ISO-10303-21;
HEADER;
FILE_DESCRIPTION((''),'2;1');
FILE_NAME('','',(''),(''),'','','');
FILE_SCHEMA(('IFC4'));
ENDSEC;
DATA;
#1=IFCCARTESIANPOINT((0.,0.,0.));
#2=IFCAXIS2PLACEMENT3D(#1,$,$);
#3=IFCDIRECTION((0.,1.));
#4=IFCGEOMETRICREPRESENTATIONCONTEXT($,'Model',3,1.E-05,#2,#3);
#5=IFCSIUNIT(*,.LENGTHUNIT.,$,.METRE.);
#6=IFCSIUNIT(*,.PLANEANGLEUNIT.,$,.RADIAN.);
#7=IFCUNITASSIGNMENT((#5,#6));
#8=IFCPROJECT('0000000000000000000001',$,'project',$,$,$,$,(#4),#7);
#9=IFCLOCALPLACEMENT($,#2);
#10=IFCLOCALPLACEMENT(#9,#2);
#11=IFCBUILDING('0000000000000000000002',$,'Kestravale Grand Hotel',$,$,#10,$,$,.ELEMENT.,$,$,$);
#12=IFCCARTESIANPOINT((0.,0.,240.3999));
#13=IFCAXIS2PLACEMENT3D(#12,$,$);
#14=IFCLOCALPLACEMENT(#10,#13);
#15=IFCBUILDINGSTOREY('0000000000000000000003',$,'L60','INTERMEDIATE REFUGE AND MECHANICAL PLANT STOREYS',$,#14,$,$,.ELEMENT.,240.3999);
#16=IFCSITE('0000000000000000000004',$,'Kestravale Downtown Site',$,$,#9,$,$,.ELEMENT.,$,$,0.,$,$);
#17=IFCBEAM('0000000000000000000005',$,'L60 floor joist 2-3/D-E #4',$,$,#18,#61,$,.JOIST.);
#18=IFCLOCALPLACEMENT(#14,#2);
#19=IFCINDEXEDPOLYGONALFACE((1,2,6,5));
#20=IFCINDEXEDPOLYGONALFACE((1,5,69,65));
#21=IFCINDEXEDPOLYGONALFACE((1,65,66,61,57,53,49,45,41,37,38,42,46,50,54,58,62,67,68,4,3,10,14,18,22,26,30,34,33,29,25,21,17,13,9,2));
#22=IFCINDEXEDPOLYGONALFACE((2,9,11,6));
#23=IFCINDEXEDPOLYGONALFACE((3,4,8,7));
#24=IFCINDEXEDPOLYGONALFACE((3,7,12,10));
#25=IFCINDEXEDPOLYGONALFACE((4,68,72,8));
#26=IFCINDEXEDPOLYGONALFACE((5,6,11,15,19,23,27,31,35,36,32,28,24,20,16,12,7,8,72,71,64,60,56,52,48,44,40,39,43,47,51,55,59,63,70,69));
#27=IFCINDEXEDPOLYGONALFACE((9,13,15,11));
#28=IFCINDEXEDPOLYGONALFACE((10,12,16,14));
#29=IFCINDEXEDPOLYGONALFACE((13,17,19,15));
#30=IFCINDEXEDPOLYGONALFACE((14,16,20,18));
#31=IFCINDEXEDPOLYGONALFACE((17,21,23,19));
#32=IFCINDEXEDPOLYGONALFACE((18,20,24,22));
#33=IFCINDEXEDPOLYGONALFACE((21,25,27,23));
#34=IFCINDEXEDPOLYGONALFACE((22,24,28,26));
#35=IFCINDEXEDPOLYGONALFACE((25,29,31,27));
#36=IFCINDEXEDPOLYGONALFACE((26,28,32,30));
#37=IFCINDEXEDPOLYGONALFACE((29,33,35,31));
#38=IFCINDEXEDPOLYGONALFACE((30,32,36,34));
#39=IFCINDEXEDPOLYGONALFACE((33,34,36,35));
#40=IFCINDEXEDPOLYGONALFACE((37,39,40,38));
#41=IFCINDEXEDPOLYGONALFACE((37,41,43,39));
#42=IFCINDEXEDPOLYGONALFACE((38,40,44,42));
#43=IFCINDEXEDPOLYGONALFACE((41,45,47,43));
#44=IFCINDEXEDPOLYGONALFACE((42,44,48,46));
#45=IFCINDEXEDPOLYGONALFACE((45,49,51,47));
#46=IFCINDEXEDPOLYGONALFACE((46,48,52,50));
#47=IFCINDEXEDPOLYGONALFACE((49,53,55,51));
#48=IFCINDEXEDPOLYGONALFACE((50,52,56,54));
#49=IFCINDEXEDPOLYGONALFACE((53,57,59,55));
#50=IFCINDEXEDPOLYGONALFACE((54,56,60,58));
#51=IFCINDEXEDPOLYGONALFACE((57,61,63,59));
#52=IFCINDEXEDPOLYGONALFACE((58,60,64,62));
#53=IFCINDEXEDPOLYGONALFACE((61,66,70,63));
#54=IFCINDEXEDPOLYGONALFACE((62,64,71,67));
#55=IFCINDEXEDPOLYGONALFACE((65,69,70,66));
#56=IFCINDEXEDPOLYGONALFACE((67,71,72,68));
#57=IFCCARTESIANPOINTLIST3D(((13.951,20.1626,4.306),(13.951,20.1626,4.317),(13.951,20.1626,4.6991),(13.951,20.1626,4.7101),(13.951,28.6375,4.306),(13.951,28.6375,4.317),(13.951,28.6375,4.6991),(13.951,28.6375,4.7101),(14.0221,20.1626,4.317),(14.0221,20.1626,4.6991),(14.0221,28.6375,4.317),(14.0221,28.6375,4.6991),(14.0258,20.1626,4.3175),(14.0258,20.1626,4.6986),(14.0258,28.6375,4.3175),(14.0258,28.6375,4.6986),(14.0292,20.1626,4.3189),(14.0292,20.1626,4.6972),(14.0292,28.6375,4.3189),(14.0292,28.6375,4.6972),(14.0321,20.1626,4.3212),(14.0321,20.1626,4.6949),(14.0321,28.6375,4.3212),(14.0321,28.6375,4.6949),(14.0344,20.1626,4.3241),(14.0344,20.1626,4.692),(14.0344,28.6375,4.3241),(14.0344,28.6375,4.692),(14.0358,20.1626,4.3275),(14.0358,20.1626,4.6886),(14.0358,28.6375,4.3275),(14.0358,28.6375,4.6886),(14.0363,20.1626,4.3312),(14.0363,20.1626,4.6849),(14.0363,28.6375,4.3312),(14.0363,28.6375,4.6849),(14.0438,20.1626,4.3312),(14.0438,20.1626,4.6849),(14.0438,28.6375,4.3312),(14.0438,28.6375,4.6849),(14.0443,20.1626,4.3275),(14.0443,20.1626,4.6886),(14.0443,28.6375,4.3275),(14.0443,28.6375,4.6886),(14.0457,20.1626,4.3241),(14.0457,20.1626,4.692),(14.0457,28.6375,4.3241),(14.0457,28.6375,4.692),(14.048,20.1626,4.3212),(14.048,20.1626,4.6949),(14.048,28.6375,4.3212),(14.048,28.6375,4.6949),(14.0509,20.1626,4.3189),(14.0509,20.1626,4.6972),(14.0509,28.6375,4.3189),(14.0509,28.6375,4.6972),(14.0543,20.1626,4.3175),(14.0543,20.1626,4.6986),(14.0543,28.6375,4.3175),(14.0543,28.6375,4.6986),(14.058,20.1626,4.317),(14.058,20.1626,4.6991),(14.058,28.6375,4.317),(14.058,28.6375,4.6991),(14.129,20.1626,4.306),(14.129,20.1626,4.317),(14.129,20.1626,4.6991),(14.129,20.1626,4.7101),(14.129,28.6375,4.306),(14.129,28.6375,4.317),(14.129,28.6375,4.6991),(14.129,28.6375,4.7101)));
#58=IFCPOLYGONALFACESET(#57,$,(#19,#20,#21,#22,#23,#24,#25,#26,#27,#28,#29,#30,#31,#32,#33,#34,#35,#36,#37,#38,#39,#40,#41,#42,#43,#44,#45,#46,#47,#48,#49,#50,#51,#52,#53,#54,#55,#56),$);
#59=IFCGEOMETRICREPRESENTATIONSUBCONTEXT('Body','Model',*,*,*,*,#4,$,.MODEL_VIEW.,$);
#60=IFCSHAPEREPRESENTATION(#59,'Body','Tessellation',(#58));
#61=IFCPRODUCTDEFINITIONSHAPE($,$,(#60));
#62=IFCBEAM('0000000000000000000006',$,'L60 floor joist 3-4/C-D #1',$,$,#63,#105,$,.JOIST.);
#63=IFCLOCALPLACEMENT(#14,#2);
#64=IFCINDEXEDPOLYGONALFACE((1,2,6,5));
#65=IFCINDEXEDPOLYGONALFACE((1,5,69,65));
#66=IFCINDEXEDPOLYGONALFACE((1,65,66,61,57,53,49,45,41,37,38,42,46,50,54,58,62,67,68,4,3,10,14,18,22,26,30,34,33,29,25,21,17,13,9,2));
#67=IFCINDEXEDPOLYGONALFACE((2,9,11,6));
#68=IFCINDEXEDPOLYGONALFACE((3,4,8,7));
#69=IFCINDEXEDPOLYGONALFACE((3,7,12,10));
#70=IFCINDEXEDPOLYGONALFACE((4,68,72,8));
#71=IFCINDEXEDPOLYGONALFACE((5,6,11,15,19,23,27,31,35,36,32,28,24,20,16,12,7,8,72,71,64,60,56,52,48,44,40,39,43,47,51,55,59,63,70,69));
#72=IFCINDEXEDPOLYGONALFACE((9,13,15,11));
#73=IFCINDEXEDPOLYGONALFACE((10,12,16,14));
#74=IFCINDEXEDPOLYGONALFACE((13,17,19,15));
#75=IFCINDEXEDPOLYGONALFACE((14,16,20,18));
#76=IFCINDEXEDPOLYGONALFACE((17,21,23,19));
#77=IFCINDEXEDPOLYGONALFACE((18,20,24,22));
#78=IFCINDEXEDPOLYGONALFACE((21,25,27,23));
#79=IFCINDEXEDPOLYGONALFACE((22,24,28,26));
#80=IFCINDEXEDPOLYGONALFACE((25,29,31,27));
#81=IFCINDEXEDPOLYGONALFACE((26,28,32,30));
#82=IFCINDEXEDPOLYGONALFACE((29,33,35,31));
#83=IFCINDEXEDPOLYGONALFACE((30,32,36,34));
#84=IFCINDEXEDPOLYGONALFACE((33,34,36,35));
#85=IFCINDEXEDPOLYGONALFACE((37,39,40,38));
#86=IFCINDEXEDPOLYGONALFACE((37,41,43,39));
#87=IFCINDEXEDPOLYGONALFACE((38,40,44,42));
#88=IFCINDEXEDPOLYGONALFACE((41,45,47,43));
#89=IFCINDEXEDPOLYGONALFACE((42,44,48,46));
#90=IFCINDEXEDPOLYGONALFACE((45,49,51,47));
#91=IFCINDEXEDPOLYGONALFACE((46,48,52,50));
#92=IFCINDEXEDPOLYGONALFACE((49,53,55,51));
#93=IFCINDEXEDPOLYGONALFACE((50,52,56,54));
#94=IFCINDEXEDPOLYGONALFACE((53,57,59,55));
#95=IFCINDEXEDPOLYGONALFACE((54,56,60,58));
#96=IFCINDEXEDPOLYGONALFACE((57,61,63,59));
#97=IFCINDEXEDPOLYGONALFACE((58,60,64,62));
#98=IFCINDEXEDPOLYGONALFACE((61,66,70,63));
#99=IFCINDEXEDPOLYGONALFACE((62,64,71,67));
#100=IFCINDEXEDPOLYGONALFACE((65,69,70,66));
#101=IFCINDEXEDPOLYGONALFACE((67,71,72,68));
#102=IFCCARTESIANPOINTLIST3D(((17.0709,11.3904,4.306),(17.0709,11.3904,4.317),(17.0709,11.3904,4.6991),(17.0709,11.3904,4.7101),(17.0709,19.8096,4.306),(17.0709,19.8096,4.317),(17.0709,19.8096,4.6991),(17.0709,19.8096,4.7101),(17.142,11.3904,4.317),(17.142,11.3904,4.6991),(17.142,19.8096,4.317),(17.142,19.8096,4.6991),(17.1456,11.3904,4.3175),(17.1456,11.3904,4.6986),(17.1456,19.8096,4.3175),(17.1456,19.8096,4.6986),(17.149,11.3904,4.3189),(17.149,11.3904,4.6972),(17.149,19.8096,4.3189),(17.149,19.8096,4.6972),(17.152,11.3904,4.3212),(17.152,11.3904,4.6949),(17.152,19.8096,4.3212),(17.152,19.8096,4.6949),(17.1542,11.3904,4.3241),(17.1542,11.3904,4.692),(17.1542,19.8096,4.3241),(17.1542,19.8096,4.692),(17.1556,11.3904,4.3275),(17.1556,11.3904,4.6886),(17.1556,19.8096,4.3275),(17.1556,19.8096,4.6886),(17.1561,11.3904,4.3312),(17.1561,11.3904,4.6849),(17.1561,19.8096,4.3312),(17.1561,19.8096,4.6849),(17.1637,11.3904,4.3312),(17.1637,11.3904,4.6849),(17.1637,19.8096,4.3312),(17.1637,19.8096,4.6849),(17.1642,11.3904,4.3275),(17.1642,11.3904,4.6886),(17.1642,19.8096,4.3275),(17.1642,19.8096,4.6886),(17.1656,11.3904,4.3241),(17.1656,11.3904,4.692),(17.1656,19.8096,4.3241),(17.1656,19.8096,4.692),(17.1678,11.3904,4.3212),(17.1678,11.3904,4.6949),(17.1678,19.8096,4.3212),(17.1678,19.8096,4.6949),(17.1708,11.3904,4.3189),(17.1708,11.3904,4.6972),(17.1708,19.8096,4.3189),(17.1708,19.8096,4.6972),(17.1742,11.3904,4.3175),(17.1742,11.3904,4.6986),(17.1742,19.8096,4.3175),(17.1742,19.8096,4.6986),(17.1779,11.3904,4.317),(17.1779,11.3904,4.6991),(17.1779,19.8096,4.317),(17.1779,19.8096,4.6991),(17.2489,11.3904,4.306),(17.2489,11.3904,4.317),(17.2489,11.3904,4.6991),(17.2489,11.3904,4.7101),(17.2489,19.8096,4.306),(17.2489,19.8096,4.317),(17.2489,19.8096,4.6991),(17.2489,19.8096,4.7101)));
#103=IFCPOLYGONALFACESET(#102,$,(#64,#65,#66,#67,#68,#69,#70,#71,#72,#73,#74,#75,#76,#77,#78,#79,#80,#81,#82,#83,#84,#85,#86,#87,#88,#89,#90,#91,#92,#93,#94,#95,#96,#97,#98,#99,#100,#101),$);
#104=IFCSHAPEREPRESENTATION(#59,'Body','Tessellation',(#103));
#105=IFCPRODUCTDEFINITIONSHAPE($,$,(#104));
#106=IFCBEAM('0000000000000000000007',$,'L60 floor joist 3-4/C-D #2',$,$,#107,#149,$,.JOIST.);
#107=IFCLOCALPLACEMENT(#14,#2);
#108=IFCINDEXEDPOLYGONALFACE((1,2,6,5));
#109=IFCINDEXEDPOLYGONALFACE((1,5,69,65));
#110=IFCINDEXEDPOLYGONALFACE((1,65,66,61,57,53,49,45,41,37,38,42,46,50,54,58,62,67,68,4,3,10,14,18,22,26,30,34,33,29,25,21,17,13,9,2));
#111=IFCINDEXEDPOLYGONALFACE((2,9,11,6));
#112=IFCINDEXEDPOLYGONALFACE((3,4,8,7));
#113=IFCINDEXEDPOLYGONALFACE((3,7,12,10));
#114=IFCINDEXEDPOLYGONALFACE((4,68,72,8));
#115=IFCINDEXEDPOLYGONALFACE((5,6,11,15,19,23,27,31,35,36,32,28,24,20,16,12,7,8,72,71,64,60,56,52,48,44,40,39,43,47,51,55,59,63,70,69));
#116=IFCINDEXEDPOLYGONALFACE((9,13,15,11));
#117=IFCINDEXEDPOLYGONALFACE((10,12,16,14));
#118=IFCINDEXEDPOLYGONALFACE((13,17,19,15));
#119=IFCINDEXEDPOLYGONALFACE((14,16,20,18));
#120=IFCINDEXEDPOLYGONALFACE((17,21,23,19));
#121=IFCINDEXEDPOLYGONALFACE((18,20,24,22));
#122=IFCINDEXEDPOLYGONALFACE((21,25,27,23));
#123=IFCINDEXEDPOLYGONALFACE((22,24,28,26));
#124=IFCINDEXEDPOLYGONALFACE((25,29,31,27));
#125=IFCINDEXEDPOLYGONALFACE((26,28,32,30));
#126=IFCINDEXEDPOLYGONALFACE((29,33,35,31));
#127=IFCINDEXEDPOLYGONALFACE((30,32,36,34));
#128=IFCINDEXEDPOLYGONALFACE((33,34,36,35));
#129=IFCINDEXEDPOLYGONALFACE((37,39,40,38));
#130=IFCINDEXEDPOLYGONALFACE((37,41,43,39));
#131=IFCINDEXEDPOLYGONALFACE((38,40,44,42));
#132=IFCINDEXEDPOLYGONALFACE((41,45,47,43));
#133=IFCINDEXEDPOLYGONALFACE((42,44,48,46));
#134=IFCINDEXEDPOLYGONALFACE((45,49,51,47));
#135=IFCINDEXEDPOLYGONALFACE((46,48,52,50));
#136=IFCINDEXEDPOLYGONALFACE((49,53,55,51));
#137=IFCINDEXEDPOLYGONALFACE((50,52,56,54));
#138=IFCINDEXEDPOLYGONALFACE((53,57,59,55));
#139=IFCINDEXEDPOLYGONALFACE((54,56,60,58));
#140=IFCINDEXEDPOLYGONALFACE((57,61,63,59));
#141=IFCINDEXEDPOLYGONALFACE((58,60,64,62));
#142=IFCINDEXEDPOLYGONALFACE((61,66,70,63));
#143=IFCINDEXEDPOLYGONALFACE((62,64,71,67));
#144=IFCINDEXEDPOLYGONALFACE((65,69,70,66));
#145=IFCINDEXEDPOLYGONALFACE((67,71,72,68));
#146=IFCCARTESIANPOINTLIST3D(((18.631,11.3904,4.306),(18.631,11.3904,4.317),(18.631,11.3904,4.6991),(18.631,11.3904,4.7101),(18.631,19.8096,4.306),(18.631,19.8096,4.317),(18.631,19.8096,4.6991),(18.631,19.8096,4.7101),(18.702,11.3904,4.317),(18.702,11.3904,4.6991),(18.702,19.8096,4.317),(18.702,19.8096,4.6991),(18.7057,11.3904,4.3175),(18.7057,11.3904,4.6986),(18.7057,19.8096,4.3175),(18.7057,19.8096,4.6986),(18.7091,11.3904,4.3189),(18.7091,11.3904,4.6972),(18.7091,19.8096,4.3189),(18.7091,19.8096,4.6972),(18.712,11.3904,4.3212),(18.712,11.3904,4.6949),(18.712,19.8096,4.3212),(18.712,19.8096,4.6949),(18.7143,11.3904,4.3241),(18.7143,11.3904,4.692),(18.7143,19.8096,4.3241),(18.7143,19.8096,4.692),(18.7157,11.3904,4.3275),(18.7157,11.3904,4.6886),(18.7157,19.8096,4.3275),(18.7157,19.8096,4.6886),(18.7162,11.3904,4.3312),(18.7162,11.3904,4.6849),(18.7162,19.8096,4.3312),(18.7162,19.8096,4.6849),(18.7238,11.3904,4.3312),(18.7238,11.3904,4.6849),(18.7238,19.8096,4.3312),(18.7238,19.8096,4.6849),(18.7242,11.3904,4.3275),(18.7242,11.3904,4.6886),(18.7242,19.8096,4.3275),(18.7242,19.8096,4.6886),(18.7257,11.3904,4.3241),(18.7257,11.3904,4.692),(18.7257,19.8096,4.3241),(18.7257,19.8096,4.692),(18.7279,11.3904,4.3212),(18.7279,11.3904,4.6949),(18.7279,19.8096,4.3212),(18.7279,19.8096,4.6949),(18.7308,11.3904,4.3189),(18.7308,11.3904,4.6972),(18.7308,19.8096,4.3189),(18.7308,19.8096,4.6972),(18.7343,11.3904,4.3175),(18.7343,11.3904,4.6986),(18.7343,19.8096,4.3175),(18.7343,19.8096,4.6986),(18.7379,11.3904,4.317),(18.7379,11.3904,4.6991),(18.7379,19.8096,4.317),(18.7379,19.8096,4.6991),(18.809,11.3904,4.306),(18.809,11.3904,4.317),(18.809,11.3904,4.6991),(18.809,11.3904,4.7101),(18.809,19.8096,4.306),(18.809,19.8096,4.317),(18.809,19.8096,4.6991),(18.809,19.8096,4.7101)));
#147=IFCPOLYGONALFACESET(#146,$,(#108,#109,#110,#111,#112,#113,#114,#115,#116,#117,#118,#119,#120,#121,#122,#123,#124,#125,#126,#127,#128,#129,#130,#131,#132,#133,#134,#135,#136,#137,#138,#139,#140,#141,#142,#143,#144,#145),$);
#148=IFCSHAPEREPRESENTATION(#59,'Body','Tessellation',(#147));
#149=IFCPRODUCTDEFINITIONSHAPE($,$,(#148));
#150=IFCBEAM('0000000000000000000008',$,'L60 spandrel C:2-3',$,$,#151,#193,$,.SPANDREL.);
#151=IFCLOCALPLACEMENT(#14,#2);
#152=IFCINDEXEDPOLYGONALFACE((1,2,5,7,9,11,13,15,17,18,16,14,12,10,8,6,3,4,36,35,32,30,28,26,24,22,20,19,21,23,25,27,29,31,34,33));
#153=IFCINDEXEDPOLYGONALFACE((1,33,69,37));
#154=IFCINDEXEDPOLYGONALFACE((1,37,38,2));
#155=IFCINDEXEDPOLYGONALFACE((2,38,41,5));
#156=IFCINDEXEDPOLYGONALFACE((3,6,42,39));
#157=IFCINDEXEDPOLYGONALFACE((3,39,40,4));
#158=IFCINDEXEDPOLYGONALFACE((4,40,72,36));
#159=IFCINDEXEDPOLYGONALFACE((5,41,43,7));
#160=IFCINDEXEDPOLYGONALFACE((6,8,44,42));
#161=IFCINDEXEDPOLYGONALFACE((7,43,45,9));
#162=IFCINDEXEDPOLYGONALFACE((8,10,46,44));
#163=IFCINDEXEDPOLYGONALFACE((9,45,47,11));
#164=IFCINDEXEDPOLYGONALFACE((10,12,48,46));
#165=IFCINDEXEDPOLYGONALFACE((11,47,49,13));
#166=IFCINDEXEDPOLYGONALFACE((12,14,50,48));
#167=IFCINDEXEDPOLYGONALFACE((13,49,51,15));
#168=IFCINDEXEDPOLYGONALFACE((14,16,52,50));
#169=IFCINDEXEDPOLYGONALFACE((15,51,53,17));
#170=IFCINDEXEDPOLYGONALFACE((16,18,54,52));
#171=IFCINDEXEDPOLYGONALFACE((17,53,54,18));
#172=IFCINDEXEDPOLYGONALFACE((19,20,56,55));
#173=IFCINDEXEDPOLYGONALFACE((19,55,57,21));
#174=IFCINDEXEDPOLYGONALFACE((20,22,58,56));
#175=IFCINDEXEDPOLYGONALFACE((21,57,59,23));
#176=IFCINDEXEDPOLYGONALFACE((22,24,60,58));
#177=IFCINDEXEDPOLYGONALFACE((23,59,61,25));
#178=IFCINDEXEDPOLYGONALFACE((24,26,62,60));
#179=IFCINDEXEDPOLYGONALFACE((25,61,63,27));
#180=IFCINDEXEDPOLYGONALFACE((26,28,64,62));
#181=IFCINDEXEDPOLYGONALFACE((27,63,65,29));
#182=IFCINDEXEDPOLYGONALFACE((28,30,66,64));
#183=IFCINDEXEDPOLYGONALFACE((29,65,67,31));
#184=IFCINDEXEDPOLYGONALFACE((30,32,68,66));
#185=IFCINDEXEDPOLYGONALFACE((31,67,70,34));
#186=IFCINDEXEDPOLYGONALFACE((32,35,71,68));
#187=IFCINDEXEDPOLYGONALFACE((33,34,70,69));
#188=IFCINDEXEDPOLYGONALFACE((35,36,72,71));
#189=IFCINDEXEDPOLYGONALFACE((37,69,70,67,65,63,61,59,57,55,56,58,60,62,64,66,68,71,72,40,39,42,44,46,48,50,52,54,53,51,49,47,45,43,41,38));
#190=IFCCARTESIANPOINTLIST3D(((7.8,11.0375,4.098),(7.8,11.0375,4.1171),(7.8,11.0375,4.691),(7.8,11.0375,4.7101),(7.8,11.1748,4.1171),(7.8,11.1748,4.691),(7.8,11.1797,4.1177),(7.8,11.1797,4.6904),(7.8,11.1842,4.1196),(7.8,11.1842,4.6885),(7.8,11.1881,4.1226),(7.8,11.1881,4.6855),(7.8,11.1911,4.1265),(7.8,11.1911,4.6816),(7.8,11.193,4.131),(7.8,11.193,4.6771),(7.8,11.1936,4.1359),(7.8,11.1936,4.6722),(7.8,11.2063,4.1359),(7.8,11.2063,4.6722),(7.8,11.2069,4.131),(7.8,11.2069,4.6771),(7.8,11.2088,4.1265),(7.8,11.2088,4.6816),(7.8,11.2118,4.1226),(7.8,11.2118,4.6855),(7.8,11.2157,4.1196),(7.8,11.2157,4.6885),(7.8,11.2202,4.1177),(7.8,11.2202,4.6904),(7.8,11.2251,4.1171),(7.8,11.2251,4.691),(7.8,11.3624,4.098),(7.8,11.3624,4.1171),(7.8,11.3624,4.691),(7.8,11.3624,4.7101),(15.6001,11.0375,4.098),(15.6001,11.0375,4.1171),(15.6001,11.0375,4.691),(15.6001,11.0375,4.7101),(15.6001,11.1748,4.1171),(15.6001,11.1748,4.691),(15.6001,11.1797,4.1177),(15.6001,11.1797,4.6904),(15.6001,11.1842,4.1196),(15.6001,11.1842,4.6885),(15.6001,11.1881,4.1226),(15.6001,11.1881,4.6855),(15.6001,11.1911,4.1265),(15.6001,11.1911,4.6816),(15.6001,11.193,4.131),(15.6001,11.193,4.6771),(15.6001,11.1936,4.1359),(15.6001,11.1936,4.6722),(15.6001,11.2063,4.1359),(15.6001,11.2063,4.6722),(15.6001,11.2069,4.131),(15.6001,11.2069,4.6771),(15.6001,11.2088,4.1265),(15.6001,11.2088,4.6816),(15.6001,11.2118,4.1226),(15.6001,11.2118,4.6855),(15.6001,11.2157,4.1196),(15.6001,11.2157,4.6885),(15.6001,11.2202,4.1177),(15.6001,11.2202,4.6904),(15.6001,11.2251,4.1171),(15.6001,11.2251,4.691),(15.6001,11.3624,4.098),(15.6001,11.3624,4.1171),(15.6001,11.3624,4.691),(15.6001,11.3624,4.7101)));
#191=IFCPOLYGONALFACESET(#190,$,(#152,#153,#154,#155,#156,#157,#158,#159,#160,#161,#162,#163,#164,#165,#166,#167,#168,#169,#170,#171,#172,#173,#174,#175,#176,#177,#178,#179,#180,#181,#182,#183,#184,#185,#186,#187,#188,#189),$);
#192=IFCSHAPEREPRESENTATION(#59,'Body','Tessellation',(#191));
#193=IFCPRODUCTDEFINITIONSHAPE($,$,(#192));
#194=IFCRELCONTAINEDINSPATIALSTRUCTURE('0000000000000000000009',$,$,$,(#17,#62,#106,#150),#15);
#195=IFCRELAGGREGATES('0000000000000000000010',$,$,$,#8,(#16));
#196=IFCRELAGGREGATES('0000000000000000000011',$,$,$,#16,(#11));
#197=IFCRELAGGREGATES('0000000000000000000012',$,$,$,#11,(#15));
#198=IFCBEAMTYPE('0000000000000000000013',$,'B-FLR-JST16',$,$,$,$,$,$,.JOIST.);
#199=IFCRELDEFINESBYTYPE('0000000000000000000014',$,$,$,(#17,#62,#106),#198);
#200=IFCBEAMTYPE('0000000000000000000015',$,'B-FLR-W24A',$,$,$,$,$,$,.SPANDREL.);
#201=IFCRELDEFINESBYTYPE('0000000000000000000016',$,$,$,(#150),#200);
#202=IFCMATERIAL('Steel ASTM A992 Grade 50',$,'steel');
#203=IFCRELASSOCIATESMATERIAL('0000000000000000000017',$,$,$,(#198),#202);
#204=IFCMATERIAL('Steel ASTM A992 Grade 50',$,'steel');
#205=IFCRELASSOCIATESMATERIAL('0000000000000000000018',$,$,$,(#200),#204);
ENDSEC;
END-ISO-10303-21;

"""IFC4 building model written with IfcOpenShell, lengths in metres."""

from ifc_helpers import new_model, si_unit, direction, frame, origin, origin_2d, place, context, subcontext, project, spatial, i_section, extrude, material, material_profile, profile_set, type_object, element, save


model = new_model("IFC4")

# Units and contexts
model_context = context("Model", 3, precision=1e-05, world=origin(), true_north=direction((0.0, 1.0)))
body_context = subcontext(model_context, "Body", "Model", "MODEL_VIEW")
ifc_project = project(units=[si_unit("LENGTHUNIT", "METRE"), si_unit("PLANEANGLEUNIT", "RADIAN")], contexts=[model_context])

# Site, building, storey
site_placement = place(None, origin())
site = spatial("IfcSite", under=ifc_project, at=site_placement, Name="Kestravale Downtown Site", CompositionType="ELEMENT", RefElevation=0.0)
building_placement = place(site_placement, origin())
building = spatial("IfcBuilding", under=site, at=building_placement, Name="Kestravale Grand Hotel", CompositionType="ELEMENT")
storey_placement = place(building_placement, frame((0.0, 0.0, 240.3999)))
storey = spatial("IfcBuildingStorey", under=building, at=storey_placement, Name="L60", Description="INTERMEDIATE REFUGE AND MECHANICAL PLANT STOREYS", CompositionType="ELEMENT", Elevation=240.3999)

# Beams
ifc_material_1 = material(Name="Steel ASTM A992 Grade 50", Category="steel")
ifc_material_profile_1 = material_profile(ifc_material_1, i_section(OverallWidth=0.178, OverallDepth=0.4041, WebThickness=0.0076, FlangeThickness=0.011, FilletRadius=0.0142, at=origin_2d()))
ifc_profile_set_1 = profile_set([ifc_material_profile_1], Name="Steel ASTM A992 Grade 50")
beam_type_1 = type_object("IfcBeamType", Name="B-FLR-JST16", PredefinedType="JOIST", material=ifc_profile_set_1)
for number, where, z_axis, x_axis, name in (
    (1, (14.04, 20.1626, 4.5081), (0.0, 1.0, 0.0), (-1.0, 0.0, 0.0), "L60 floor joist 2-3/D-E #4"),
):
    element("IfcBeam", number, at=place(storey_placement, frame(where, z_axis=z_axis, x_axis=x_axis)), inside=storey, type_object=beam_type_1, Name=name, PredefinedType="JOIST", context=body_context, shape_type="SweptSolid", body=[
        extrude(i_section(OverallWidth=0.178, OverallDepth=0.4041, WebThickness=0.0076, FlangeThickness=0.011, FilletRadius=0.0142, at=origin_2d()), origin(), (0.0, 0.0, 1.0), 8.4749),
    ])
for number, where, z_axis, x_axis, name in (
    (2, (17.1599, 11.3904, 4.5081), (0.0, 1.0, 0.0), (-1.0, 0.0, 0.0), "L60 floor joist 3-4/C-D #1"),
    (3, (18.72, 11.3904, 4.5081), (0.0, 1.0, 0.0), (-1.0, 0.0, 0.0), "L60 floor joist 3-4/C-D #2"),
):
    element("IfcBeam", number, at=place(storey_placement, frame(where, z_axis=z_axis, x_axis=x_axis)), inside=storey, type_object=beam_type_1, Name=name, PredefinedType="JOIST", context=body_context, shape_type="SweptSolid", body=[
        extrude(i_section(OverallWidth=0.178, OverallDepth=0.4041, WebThickness=0.0076, FlangeThickness=0.011, FilletRadius=0.0142, at=origin_2d()), origin(), (0.0, 0.0, 1.0), 8.4192),
    ])
ifc_material_2 = material(Name="Steel ASTM A992 Grade 50", Category="steel")
ifc_material_profile_2 = material_profile(ifc_material_2, i_section(OverallWidth=0.325, OverallDepth=0.6121, WebThickness=0.0127, FlangeThickness=0.019, FilletRadius=0.0188, at=origin_2d()))
ifc_profile_set_2 = profile_set([ifc_material_profile_2], Name="Steel ASTM A992 Grade 50")
beam_type_2 = type_object("IfcBeamType", Name="B-FLR-W24A", PredefinedType="SPANDREL", material=ifc_profile_set_2)
for number, where, z_axis, x_axis, name in (
    (4, (7.8, 11.2, 4.4041), (1.0, 0.0, 0.0), (0.0, 1.0, 0.0), "L60 spandrel C:2-3"),
):
    element("IfcBeam", number, at=place(storey_placement, frame(where, z_axis=z_axis, x_axis=x_axis)), inside=storey, type_object=beam_type_2, Name=name, PredefinedType="SPANDREL", context=body_context, shape_type="SweptSolid", body=[
        extrude(i_section(OverallWidth=0.325, OverallDepth=0.6121, WebThickness=0.0127, FlangeThickness=0.019, FilletRadius=0.0188, at=origin_2d()), origin(), (0.0, 0.0, 1.0), 7.8),
    ])

save(model, "model.ifc")
